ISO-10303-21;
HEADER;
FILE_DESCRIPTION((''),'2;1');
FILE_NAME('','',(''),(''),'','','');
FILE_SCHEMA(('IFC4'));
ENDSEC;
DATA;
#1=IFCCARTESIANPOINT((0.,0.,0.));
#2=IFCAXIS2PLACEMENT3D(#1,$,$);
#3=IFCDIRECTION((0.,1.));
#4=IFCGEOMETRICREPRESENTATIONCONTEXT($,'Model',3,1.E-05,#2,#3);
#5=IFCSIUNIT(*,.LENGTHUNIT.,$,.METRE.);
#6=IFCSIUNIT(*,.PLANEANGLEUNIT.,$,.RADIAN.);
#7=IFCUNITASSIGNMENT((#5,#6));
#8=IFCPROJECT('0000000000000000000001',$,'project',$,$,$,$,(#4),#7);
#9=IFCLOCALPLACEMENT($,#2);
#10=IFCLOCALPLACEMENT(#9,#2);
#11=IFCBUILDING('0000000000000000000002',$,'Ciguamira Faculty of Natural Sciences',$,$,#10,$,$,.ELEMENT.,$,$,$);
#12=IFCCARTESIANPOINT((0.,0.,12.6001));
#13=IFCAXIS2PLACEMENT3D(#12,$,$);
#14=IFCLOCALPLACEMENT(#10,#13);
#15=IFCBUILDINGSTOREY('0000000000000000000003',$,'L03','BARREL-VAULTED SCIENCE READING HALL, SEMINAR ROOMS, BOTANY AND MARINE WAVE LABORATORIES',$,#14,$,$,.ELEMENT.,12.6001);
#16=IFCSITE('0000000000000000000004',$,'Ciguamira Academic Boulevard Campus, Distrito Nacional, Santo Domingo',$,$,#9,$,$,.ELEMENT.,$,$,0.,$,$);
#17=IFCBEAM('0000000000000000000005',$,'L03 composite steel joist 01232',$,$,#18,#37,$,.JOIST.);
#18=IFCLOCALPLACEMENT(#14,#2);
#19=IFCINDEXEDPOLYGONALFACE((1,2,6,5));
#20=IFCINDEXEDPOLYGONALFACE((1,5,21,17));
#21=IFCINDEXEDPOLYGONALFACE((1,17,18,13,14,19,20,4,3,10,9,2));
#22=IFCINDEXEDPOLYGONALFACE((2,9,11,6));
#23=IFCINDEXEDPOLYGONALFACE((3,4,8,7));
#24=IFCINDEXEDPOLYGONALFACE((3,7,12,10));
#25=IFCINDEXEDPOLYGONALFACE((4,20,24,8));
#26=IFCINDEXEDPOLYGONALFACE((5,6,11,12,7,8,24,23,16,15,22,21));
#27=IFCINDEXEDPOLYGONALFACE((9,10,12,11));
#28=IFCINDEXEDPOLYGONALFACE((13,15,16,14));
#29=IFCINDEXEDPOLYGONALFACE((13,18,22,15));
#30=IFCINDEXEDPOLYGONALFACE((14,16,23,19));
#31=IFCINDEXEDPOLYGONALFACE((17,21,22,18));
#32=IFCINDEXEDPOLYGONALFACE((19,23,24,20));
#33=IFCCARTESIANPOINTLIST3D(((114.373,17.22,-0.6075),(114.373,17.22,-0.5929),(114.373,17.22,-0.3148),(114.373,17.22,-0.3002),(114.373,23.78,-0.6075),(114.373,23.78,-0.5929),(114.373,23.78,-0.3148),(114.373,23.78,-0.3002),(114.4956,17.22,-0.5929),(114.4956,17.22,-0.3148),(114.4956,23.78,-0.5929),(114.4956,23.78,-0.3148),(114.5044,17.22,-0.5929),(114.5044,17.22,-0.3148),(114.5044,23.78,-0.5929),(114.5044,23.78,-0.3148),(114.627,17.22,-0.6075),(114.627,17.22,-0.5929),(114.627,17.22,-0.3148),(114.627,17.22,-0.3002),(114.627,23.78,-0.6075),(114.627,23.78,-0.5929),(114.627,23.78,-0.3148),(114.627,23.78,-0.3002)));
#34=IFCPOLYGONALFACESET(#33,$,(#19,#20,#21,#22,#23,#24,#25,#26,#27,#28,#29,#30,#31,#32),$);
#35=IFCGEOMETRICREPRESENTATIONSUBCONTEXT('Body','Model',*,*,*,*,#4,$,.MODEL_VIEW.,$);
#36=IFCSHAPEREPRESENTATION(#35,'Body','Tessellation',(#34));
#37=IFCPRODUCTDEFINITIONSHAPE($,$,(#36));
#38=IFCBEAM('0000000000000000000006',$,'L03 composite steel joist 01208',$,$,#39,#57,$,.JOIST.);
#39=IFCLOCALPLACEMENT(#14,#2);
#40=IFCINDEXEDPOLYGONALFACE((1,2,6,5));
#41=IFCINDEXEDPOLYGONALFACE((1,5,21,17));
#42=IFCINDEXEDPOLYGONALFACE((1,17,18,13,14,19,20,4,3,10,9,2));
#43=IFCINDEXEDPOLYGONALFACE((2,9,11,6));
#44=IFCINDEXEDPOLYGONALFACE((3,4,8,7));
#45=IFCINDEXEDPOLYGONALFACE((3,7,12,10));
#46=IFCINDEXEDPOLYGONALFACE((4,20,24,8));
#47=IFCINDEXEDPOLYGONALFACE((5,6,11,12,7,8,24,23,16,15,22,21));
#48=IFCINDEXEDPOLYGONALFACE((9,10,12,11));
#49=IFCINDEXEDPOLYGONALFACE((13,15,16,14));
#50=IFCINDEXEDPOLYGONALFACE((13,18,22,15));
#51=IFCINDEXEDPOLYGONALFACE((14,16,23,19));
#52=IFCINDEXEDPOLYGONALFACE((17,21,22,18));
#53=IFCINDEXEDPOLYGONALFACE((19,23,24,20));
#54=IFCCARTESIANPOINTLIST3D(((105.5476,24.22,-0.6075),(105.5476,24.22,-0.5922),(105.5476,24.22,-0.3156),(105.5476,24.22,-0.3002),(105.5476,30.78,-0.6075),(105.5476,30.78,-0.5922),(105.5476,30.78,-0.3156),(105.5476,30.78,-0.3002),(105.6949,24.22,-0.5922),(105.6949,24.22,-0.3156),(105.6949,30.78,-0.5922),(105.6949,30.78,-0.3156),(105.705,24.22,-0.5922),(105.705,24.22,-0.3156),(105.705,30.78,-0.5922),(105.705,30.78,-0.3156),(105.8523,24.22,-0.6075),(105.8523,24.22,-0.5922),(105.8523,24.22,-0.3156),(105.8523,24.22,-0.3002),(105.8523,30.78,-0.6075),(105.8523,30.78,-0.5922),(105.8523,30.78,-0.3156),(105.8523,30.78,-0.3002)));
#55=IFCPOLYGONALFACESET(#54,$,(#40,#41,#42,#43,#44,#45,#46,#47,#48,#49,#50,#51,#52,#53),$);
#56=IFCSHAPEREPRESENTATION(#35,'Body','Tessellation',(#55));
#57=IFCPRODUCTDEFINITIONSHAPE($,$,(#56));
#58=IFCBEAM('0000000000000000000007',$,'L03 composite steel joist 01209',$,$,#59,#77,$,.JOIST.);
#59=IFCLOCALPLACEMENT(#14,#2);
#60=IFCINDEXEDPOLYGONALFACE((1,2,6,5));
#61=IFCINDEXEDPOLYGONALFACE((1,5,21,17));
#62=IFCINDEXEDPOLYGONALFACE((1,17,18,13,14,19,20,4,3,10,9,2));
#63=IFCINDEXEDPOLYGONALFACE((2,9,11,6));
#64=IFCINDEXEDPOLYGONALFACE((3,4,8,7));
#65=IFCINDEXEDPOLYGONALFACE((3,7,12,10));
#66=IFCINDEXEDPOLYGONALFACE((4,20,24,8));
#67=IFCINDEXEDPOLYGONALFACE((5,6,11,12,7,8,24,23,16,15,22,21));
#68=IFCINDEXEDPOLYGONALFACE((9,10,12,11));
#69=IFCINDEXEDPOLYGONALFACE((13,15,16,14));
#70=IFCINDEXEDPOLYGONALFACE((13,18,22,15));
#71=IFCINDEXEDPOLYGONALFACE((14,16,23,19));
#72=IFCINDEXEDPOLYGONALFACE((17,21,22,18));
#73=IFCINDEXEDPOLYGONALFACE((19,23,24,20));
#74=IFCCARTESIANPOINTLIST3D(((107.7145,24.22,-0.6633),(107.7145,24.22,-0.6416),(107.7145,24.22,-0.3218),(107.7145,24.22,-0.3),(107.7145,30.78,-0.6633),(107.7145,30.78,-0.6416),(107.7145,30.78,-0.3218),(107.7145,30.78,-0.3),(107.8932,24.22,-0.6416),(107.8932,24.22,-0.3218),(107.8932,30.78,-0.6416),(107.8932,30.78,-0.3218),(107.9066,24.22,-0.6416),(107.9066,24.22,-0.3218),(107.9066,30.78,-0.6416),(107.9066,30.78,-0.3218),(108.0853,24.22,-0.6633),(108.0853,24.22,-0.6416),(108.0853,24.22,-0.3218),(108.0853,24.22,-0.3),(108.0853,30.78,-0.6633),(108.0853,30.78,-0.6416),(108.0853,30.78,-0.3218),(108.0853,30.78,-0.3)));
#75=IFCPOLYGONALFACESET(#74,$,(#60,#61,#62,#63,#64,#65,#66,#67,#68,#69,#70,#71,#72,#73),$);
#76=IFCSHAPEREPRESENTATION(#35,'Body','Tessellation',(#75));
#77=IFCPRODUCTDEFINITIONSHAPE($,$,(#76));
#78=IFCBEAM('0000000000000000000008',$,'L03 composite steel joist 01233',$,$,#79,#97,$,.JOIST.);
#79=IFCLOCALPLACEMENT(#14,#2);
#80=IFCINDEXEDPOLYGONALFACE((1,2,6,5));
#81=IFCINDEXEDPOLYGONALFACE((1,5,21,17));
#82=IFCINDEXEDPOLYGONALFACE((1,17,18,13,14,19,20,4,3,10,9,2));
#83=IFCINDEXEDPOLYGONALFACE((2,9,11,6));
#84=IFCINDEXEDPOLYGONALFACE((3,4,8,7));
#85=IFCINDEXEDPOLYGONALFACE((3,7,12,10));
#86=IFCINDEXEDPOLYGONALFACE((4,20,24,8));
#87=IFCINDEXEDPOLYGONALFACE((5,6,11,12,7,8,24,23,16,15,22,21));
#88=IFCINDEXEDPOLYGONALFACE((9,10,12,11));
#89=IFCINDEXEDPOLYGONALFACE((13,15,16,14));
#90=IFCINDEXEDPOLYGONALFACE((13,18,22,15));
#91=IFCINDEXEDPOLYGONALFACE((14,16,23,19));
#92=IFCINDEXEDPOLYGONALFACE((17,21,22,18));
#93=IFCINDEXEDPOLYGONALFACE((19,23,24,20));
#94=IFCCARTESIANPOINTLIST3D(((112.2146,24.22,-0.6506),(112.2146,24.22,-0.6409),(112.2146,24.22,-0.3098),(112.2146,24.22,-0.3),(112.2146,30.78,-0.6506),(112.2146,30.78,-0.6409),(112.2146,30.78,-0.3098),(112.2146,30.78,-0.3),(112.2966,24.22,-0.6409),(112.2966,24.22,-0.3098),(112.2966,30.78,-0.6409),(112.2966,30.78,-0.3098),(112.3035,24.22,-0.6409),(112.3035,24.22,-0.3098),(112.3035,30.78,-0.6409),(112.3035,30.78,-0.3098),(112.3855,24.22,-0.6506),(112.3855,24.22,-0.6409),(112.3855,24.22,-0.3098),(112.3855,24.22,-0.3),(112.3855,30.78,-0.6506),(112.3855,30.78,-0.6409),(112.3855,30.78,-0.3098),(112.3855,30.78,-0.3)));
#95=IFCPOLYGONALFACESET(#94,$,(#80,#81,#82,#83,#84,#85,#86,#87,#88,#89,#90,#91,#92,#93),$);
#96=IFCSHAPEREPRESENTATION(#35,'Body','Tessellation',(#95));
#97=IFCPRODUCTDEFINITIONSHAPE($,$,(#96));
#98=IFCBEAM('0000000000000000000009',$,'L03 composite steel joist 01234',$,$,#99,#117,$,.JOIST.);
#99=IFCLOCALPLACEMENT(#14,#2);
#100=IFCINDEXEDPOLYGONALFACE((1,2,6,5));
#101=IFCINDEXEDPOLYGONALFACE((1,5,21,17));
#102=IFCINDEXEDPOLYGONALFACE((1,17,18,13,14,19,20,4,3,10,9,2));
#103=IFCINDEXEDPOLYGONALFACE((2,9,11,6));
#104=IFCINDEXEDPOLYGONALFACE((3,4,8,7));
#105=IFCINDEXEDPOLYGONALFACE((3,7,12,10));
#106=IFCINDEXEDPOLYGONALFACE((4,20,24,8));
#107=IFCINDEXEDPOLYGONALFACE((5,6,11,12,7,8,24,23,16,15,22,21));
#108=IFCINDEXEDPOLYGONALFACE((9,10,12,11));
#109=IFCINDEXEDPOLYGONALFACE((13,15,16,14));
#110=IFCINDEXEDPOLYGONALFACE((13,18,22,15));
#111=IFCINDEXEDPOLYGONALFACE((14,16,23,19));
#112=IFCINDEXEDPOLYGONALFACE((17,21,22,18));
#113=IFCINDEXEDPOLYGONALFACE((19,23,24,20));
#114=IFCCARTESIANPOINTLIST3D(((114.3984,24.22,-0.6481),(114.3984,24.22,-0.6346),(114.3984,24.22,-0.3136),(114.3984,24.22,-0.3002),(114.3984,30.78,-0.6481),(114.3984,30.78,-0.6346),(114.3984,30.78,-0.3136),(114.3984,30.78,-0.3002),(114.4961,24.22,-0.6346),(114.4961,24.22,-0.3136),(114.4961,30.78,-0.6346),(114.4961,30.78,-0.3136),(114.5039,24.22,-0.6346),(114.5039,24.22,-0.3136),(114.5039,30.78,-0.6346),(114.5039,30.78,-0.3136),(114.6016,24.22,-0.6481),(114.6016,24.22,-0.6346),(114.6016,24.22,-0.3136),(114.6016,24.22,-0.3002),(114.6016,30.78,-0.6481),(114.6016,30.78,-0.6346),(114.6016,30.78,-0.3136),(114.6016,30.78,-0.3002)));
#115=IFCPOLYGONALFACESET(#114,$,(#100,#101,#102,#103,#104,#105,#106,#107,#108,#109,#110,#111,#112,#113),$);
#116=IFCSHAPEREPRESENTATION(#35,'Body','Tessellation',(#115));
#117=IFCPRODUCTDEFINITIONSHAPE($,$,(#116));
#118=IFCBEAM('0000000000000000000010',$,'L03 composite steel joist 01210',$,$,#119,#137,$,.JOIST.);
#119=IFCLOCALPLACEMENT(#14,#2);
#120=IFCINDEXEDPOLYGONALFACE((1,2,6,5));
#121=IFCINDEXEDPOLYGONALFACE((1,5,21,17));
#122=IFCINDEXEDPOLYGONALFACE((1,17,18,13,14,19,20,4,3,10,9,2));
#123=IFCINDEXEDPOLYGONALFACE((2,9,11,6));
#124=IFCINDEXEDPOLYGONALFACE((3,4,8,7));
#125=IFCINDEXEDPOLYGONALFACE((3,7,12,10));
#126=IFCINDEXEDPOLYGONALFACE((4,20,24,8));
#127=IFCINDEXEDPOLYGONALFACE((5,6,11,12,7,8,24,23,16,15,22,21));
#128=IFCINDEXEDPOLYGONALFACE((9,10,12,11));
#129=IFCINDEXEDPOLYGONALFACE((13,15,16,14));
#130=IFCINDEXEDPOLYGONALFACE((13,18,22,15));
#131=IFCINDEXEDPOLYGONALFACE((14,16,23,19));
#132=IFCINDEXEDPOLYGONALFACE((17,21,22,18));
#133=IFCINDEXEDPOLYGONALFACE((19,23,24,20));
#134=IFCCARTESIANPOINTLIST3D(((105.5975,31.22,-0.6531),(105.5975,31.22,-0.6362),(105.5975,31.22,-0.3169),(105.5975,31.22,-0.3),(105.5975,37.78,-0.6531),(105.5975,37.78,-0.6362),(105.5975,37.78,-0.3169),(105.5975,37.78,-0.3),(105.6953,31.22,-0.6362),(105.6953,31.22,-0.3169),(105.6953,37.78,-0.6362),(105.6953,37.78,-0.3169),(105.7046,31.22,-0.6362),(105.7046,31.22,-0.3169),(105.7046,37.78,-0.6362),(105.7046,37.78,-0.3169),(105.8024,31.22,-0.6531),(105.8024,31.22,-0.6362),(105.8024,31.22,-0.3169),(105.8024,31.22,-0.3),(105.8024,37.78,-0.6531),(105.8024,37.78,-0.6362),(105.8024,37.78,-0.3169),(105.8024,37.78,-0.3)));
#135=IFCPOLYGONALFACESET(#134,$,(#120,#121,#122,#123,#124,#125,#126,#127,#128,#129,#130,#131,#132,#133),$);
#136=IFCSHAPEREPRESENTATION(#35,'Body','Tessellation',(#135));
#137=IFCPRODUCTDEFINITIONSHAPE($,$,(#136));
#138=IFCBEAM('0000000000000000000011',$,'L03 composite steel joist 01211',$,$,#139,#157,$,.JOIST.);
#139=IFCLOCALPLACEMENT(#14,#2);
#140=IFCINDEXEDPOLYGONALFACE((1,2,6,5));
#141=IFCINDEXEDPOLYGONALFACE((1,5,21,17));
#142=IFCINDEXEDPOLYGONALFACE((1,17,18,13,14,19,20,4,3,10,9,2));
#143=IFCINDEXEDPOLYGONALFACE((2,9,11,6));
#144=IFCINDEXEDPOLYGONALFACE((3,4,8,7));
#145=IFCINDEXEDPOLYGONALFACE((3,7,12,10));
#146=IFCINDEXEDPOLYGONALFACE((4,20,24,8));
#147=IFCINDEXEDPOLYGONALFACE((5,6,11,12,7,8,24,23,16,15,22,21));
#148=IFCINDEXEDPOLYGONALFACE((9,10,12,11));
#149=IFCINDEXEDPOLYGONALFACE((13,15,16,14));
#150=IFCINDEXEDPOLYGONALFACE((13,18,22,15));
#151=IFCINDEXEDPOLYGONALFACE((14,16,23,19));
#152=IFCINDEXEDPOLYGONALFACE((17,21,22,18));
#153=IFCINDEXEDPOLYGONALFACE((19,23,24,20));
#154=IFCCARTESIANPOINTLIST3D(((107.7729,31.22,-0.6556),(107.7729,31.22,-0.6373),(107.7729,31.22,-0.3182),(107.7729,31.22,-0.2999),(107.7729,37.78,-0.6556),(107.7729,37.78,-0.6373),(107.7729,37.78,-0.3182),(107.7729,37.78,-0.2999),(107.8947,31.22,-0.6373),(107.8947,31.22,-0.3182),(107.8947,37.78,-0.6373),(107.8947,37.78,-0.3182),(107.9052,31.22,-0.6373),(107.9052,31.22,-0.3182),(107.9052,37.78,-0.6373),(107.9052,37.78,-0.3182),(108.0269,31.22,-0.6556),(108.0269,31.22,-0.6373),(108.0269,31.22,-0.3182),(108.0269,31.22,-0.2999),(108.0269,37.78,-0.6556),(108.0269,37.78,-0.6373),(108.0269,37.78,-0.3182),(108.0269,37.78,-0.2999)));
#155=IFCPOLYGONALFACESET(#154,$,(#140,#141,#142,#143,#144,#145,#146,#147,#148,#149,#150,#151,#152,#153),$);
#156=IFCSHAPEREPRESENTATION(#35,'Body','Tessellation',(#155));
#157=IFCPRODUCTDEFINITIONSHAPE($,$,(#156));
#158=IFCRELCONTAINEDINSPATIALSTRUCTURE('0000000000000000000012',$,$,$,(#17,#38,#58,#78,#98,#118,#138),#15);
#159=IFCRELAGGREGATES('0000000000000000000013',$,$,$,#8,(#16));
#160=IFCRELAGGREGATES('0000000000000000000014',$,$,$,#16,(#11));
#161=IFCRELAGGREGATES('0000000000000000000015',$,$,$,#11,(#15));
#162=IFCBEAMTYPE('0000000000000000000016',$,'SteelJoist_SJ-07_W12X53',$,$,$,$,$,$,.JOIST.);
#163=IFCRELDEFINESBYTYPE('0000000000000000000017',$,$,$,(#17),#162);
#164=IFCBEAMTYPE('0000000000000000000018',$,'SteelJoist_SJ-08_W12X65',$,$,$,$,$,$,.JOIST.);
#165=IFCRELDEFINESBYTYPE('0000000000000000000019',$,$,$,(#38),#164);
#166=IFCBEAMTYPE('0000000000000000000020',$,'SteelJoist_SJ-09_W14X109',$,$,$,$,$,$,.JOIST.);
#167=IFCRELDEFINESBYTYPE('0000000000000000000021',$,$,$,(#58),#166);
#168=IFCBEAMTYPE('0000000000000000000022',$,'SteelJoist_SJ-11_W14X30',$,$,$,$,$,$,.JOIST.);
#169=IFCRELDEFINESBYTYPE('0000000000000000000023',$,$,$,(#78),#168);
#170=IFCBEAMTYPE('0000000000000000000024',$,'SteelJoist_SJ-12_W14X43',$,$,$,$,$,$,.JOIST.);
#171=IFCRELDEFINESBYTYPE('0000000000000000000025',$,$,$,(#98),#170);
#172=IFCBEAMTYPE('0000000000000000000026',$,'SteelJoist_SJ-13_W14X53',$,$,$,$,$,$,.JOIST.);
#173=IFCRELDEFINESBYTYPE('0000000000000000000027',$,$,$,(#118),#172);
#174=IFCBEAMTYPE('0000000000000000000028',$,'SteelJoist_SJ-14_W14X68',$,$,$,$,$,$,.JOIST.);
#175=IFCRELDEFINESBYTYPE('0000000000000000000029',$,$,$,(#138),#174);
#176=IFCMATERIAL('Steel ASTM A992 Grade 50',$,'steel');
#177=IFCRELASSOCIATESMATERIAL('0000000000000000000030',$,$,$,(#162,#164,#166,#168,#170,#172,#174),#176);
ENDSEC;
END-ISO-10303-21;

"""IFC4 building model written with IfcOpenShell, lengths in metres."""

from ifc_helpers import new_model, si_unit, direction, frame, origin, origin_2d, place, context, subcontext, project, spatial, i_section, extrude, material, material_profile, profile_set, type_object, element, save


model = new_model("IFC4")

# Units and contexts
model_context = context("Model", 3, precision=1e-05, world=origin(), true_north=direction((0.0, 1.0)))
body_context = subcontext(model_context, "Body", "Model", "MODEL_VIEW")
ifc_project = project(units=[si_unit("LENGTHUNIT", "METRE"), si_unit("PLANEANGLEUNIT", "RADIAN")], contexts=[model_context])

# Site, building, storey
site_placement = place(None, origin())
site = spatial("IfcSite", under=ifc_project, at=site_placement, Name="Ciguamira Academic Boulevard Campus, Distrito Nacional, Santo Domingo", CompositionType="ELEMENT", RefElevation=0.0)
building_placement = place(site_placement, origin())
building = spatial("IfcBuilding", under=site, at=building_placement, Name="Ciguamira Faculty of Natural Sciences", CompositionType="ELEMENT")
storey_placement = place(building_placement, frame((0.0, 0.0, 12.6001)))
storey = spatial("IfcBuildingStorey", under=building, at=storey_placement, Name="L03", Description="BARREL-VAULTED SCIENCE READING HALL, SEMINAR ROOMS, BOTANY AND MARINE WAVE LABORATORIES", CompositionType="ELEMENT", Elevation=12.6001)

# Beams
ifc_material_1 = material(Name="Steel ASTM A992 Grade 50", Category="steel")
ifc_material_profile_1 = material_profile(ifc_material_1, i_section(OverallWidth=0.2539, OverallDepth=0.3074, WebThickness=0.0088, FlangeThickness=0.0146, at=origin_2d()), Name="W12X53")
ifc_profile_set_1 = profile_set([ifc_material_profile_1], Name="Steel ASTM A992 Grade 50")
beam_type_1 = type_object("IfcBeamType", Name="SteelJoist_SJ-07_W12X53", PredefinedType="JOIST", material=ifc_profile_set_1)
beam_1_placement = place(storey_placement, frame((114.5, 17.22, -0.4539), z_axis=(0.0, 1.0, 0.0), x_axis=(-1.0, 0.0, 0.0)))
element("IfcBeam", 1, at=beam_1_placement, inside=storey, type_object=beam_type_1, Name="L03 composite steel joist 01232", PredefinedType="JOIST", context=body_context, shape_type="SweptSolid", body=[
    extrude(i_section(OverallWidth=0.2539, OverallDepth=0.3074, WebThickness=0.0088, FlangeThickness=0.0146, at=origin_2d()), origin(), (0.0, 0.0, 1.0), 6.5601),
])
ifc_material_profile_2 = material_profile(ifc_material_1, i_section(OverallWidth=0.3047, OverallDepth=0.3074, WebThickness=0.01, FlangeThickness=0.0154, at=origin_2d()), Name="W12X65")
ifc_profile_set_2 = profile_set([ifc_material_profile_2], Name="Steel ASTM A992 Grade 50")
beam_type_2 = type_object("IfcBeamType", Name="SteelJoist_SJ-08_W12X65", PredefinedType="JOIST", material=ifc_profile_set_2)
beam_2_placement = place(storey_placement, frame((105.7, 24.22, -0.4539), z_axis=(0.0, 1.0, 0.0), x_axis=(-1.0, 0.0, 0.0)))
element("IfcBeam", 2, at=beam_2_placement, inside=storey, type_object=beam_type_2, Name="L03 composite steel joist 01208", PredefinedType="JOIST", context=body_context, shape_type="SweptSolid", body=[
    extrude(i_section(OverallWidth=0.3047, OverallDepth=0.3074, WebThickness=0.01, FlangeThickness=0.0154, at=origin_2d()), origin(), (0.0, 0.0, 1.0), 6.5601),
])
ifc_material_profile_3 = material_profile(ifc_material_1, i_section(OverallWidth=0.3708, OverallDepth=0.3633, WebThickness=0.0134, FlangeThickness=0.0217, at=origin_2d()), Name="W14X109")
ifc_profile_set_3 = profile_set([ifc_material_profile_3], Name="Steel ASTM A992 Grade 50")
beam_type_3 = type_object("IfcBeamType", Name="SteelJoist_SJ-09_W14X109", PredefinedType="JOIST", material=ifc_profile_set_3)
beam_3_placement = place(storey_placement, frame((107.8999, 24.22, -0.4817), z_axis=(0.0, 1.0, 0.0), x_axis=(-1.0, 0.0, 0.0)))
element("IfcBeam", 3, at=beam_3_placement, inside=storey, type_object=beam_type_3, Name="L03 composite steel joist 01209", PredefinedType="JOIST", context=body_context, shape_type="SweptSolid", body=[
    extrude(i_section(OverallWidth=0.3708, OverallDepth=0.3633, WebThickness=0.0134, FlangeThickness=0.0217, at=origin_2d()), origin(), (0.0, 0.0, 1.0), 6.5601),
])
ifc_material_profile_4 = material_profile(ifc_material_1, i_section(OverallWidth=0.1709, OverallDepth=0.3506, WebThickness=0.0068, FlangeThickness=0.0098, at=origin_2d()), Name="W14X30")
ifc_profile_set_4 = profile_set([ifc_material_profile_4], Name="Steel ASTM A992 Grade 50")
beam_type_4 = type_object("IfcBeamType", Name="SteelJoist_SJ-11_W14X30", PredefinedType="JOIST", material=ifc_profile_set_4)
beam_4_placement = place(storey_placement, frame((112.3, 24.22, -0.4753), z_axis=(0.0, 1.0, 0.0), x_axis=(-1.0, 0.0, 0.0)))
element("IfcBeam", 4, at=beam_4_placement, inside=storey, type_object=beam_type_4, Name="L03 composite steel joist 01233", PredefinedType="JOIST", context=body_context, shape_type="SweptSolid", body=[
    extrude(i_section(OverallWidth=0.1709, OverallDepth=0.3506, WebThickness=0.0068, FlangeThickness=0.0098, at=origin_2d()), origin(), (0.0, 0.0, 1.0), 6.5601),
])
ifc_material_profile_5 = material_profile(ifc_material_1, i_section(OverallWidth=0.2031, OverallDepth=0.3479, WebThickness=0.0078, FlangeThickness=0.0134, at=origin_2d()), Name="W14X43")
ifc_profile_set_5 = profile_set([ifc_material_profile_5], Name="Steel ASTM A992 Grade 50")
beam_type_5 = type_object("IfcBeamType", Name="SteelJoist_SJ-12_W14X43", PredefinedType="JOIST", material=ifc_profile_set_5)
beam_5_placement = place(storey_placement, frame((114.5, 24.22, -0.4741), z_axis=(0.0, 1.0, 0.0), x_axis=(-1.0, 0.0, 0.0)))
element("IfcBeam", 5, at=beam_5_placement, inside=storey, type_object=beam_type_5, Name="L03 composite steel joist 01234", PredefinedType="JOIST", context=body_context, shape_type="SweptSolid", body=[
    extrude(i_section(OverallWidth=0.2031, OverallDepth=0.3479, WebThickness=0.0078, FlangeThickness=0.0134, at=origin_2d()), origin(), (0.0, 0.0, 1.0), 6.5601),
])
ifc_material_profile_6 = material_profile(ifc_material_1, i_section(OverallWidth=0.2048, OverallDepth=0.353, WebThickness=0.0093, FlangeThickness=0.0168, at=origin_2d()), Name="W14X53")
ifc_profile_set_6 = profile_set([ifc_material_profile_6], Name="Steel ASTM A992 Grade 50")
beam_type_6 = type_object("IfcBeamType", Name="SteelJoist_SJ-13_W14X53", PredefinedType="JOIST", material=ifc_profile_set_6)
beam_6_placement = place(storey_placement, frame((105.7, 31.22, -0.4766), z_axis=(0.0, 1.0, 0.0), x_axis=(-1.0, 0.0, 0.0)))
element("IfcBeam", 6, at=beam_6_placement, inside=storey, type_object=beam_type_6, Name="L03 composite steel joist 01210", PredefinedType="JOIST", context=body_context, shape_type="SweptSolid", body=[
    extrude(i_section(OverallWidth=0.2048, OverallDepth=0.353, WebThickness=0.0093, FlangeThickness=0.0168, at=origin_2d()), origin(), (0.0, 0.0, 1.0), 6.5601),
])
ifc_material_profile_7 = material_profile(ifc_material_1, i_section(OverallWidth=0.2539, OverallDepth=0.3557, WebThickness=0.0105, FlangeThickness=0.0183, at=origin_2d()), Name="W14X68")
ifc_profile_set_7 = profile_set([ifc_material_profile_7], Name="Steel ASTM A992 Grade 50")
beam_type_7 = type_object("IfcBeamType", Name="SteelJoist_SJ-14_W14X68", PredefinedType="JOIST", material=ifc_profile_set_7)
beam_7_placement = place(storey_placement, frame((107.8999, 31.22, -0.4778), z_axis=(0.0, 1.0, 0.0), x_axis=(-1.0, 0.0, 0.0)))
element("IfcBeam", 7, at=beam_7_placement, inside=storey, type_object=beam_type_7, Name="L03 composite steel joist 01211", PredefinedType="JOIST", context=body_context, shape_type="SweptSolid", body=[
    extrude(i_section(OverallWidth=0.2539, OverallDepth=0.3557, WebThickness=0.0105, FlangeThickness=0.0183, at=origin_2d()), origin(), (0.0, 0.0, 1.0), 6.5601),
])

save(model, "model.ifc")
